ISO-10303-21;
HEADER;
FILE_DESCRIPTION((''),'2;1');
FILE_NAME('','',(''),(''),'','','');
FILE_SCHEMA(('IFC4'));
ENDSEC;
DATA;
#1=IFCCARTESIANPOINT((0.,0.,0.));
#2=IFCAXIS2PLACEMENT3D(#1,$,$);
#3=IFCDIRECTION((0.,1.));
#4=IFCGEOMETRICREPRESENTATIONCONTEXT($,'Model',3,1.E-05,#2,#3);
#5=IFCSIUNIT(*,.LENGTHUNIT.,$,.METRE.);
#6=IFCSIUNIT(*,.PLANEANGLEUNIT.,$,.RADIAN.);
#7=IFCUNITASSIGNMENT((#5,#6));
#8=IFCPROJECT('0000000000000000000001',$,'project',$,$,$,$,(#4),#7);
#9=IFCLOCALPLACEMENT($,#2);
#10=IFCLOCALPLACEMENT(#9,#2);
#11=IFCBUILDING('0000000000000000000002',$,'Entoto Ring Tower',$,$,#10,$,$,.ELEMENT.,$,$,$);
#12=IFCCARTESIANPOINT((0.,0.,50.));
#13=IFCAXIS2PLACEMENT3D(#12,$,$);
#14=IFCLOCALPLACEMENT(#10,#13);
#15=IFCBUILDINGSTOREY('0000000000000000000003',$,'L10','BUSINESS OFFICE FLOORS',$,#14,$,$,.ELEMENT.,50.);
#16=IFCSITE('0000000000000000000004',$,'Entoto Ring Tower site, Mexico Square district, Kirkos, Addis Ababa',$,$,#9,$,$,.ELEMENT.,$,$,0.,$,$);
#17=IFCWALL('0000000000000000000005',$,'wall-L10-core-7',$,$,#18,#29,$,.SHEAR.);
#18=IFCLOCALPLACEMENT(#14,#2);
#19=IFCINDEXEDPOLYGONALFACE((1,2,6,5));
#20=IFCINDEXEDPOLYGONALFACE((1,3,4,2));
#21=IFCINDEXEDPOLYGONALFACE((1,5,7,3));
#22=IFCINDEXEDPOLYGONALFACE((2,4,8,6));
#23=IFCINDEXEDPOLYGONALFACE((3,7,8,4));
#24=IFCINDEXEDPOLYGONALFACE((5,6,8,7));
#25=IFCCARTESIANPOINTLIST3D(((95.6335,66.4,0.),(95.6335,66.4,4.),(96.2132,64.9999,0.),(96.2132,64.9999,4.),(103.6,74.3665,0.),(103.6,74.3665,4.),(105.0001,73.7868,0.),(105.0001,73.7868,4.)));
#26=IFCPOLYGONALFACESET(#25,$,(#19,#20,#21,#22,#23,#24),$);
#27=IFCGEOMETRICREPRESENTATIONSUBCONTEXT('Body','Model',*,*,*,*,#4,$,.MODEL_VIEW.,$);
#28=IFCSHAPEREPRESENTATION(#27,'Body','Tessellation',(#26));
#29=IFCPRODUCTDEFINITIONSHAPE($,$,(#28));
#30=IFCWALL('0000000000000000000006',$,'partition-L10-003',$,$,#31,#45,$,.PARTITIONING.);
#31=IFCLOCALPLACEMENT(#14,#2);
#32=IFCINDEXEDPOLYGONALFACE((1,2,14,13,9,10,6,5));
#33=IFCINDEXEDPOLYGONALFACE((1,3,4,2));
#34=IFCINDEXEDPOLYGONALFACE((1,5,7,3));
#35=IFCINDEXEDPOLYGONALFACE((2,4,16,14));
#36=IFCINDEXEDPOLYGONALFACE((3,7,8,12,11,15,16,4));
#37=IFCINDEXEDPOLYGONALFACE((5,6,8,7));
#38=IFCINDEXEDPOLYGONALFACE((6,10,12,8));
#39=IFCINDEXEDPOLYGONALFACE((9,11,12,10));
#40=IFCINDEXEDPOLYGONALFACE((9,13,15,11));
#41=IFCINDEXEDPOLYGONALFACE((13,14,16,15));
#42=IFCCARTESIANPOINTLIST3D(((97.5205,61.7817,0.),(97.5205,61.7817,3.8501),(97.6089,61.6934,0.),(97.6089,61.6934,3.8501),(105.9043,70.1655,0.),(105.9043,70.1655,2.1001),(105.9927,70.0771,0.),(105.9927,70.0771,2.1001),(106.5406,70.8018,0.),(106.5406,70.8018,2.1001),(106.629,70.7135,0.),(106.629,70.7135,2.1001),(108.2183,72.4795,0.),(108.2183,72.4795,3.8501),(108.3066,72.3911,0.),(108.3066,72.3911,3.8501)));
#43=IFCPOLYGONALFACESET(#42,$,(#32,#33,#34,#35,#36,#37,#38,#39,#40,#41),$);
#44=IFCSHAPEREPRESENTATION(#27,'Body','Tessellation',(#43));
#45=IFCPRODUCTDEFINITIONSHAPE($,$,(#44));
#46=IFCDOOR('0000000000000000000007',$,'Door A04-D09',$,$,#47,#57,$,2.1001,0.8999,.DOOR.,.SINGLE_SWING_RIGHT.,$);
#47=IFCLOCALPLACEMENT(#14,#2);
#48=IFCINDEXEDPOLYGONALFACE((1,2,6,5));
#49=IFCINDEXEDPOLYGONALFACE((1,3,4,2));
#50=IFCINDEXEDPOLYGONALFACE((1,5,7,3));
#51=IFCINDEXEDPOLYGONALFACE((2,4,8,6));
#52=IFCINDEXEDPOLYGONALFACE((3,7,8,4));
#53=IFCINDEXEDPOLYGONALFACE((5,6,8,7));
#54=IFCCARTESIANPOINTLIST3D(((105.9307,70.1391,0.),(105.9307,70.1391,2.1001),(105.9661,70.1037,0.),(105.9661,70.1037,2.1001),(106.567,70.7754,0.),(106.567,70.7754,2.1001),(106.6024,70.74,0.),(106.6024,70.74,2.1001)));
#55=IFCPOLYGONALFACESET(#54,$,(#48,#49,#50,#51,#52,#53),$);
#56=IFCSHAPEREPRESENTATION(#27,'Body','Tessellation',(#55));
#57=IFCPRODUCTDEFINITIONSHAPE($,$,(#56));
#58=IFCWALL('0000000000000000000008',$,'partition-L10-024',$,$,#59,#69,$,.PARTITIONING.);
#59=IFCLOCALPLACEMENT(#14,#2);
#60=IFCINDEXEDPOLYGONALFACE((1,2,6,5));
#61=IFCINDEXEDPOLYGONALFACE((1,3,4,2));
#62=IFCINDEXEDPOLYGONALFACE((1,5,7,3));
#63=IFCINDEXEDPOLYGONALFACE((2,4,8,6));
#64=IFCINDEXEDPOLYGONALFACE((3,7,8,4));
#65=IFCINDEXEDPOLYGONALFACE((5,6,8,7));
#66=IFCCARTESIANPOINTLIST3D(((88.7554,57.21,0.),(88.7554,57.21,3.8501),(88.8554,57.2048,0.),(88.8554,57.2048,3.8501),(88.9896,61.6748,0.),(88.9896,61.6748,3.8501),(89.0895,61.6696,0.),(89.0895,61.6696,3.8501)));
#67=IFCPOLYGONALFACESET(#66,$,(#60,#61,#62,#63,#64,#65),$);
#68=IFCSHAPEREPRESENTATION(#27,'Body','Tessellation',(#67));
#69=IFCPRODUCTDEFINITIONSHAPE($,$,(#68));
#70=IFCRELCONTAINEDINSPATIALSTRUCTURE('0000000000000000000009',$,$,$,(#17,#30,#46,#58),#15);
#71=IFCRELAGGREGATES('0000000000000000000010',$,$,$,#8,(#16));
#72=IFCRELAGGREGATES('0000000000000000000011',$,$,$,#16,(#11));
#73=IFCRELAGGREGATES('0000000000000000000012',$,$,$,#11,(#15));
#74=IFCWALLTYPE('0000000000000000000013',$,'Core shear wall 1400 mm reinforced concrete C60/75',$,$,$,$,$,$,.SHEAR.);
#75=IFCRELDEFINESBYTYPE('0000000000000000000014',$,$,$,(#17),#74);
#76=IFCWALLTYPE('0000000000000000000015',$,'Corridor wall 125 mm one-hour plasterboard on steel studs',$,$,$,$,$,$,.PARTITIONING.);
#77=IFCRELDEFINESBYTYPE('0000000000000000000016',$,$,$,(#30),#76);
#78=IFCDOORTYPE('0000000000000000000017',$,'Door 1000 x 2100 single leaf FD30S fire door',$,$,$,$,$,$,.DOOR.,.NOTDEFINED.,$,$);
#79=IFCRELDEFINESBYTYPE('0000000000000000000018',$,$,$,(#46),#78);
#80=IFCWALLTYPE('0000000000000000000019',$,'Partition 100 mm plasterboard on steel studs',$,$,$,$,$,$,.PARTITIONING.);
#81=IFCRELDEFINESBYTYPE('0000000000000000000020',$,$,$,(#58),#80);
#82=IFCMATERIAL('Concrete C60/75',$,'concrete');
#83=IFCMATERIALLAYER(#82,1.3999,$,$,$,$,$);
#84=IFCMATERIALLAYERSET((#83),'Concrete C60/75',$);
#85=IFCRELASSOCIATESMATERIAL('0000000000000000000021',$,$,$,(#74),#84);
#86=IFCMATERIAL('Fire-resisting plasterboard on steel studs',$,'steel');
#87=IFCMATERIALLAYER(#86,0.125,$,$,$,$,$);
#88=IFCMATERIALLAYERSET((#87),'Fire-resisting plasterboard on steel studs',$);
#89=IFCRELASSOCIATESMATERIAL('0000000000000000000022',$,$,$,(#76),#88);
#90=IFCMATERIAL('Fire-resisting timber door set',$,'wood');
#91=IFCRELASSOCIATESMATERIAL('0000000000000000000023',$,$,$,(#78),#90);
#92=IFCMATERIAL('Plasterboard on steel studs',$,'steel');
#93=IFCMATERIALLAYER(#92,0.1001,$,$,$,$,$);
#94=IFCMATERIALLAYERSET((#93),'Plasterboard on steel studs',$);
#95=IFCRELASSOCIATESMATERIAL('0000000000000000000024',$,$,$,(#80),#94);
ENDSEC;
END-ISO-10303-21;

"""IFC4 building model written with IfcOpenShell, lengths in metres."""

from ifc_helpers import new_model, si_unit, direction, frame, frame_2d, origin, place, context, subcontext, project, spatial, polyline, rectangle, outline, extrude, material, layer, layer_set, type_object, element, fill, save


model = new_model("IFC4")

# Units and contexts
model_context = context("Model", 3, precision=1e-05, world=origin(), true_north=direction((0.0, 1.0)))
body_context = subcontext(model_context, "Body", "Model", "MODEL_VIEW")
ifc_project = project(units=[si_unit("LENGTHUNIT", "METRE"), si_unit("PLANEANGLEUNIT", "RADIAN")], contexts=[model_context])

# Site, building, storey
site_placement = place(None, origin())
site = spatial("IfcSite", under=ifc_project, at=site_placement, Name="Entoto Ring Tower site, Mexico Square district, Kirkos, Addis Ababa", CompositionType="ELEMENT", RefElevation=0.0)
building_placement = place(site_placement, origin())
building = spatial("IfcBuilding", under=site, at=building_placement, Name="Entoto Ring Tower", CompositionType="ELEMENT")
storey_placement = place(building_placement, frame((0.0, 0.0, 50.0)))
storey = spatial("IfcBuildingStorey", under=building, at=storey_placement, Name="L10", Description="BUSINESS OFFICE FLOORS", CompositionType="ELEMENT", Elevation=50.0)

# Wall
ifc_material_1 = material(Name="Concrete C60/75", Category="concrete")
ifc_layer_1 = layer(ifc_material_1, 1.3999)
ifc_layer_set_1 = layer_set([ifc_layer_1], Name="Concrete C60/75")
wall_type_1 = type_object("IfcWallType", Name="Core shear wall 1400 mm reinforced concrete C60/75", PredefinedType="SHEAR", material=ifc_layer_set_1)
wall_1_placement = place(storey_placement, frame((95.9233, 65.7, 0.0), z_axis=(0.0, 0.0, 1.0), x_axis=(0.707107, 0.707107, 0.0)))
element("IfcWall", 1, at=wall_1_placement, inside=storey, type_object=wall_type_1, Name="wall-L10-core-7", PredefinedType="SHEAR", context=body_context, shape_type="SweptSolid", body=[
    extrude(outline(polyline([(-0.29, -0.7), (12.1365, -0.7), (11.5564, 0.7), (0.29, 0.7), (-0.29, -0.7)])), origin(), (0.0, 0.0, 1.0), 4.0),
])

# Wall, opening, door
ifc_material_2 = material(Name="Fire-resisting plasterboard on steel studs", Category="steel")
ifc_layer_2 = layer(ifc_material_2, 0.125)
ifc_layer_set_2 = layer_set([ifc_layer_2], Name="Fire-resisting plasterboard on steel studs")
wall_type_2 = type_object("IfcWallType", Name="Corridor wall 125 mm one-hour plasterboard on steel studs", PredefinedType="PARTITIONING", material=ifc_layer_set_2)
wall_2_placement = place(storey_placement, frame((97.5647, 61.7375, 0.0), z_axis=(0.0, 0.0, 1.0), x_axis=(0.707107, 0.707107, 0.0)))
wall_2 = element("IfcWall", 2, at=wall_2_placement, inside=storey, type_object=wall_type_2, Name="partition-L10-003", PredefinedType="PARTITIONING", context=body_context, shape_type="SweptSolid", body=[
    extrude(rectangle(XDim=15.1289, YDim=0.125, at=frame_2d((7.5645, 0.0))), origin(), (0.0, 0.0, 1.0), 3.8501),
])
opening_placement = place(wall_2_placement, frame((11.8564, 0.0, 0.0)))
opening = element("IfcOpeningElement", 3, at=opening_placement, cuts=wall_2, PredefinedType="OPENING", context=body_context, shape_type="SweptSolid", body=[
    extrude(rectangle(XDim=0.8999, YDim=2.1001, at=frame_2d((0.45, 1.05))), frame((0.0, 0.0725, 0.0), z_axis=(0.0, -1.0, 0.0), x_axis=(1.0, 0.0, 0.0)), (0.0, 0.0, 1.0), 0.145),
])
ifc_material_3 = material(Name="Fire-resisting timber door set", Category="wood")
door_type = type_object("IfcDoorType", Name="Door 1000 x 2100 single leaf FD30S fire door", OperationType="NOTDEFINED", PredefinedType="DOOR", material=ifc_material_3)
door_placement = place(opening_placement, frame((0.8999, 0.0, 0.0), z_axis=(0.0, 0.0, 1.0), x_axis=(-1.0, 0.0, 0.0)))
door = element("IfcDoor", 4, at=door_placement, inside=storey, type_object=door_type, Name="Door A04-D09", OperationType="SINGLE_SWING_RIGHT", OverallHeight=2.1001, OverallWidth=0.8999, PredefinedType="DOOR", context=body_context, shape_type="SweptSolid", body=[
    extrude(rectangle(XDim=0.8999, YDim=2.1001, at=frame_2d((0.45, 1.05))), frame((0.0, 0.0249, 0.0), z_axis=(0.0, -1.0, 0.0), x_axis=(1.0, 0.0, 0.0)), (0.0, 0.0, 1.0), 0.05),
])
fill(opening, door)

# Wall
ifc_material_4 = material(Name="Plasterboard on steel studs", Category="steel")
ifc_layer_3 = layer(ifc_material_4, 0.1001)
ifc_layer_set_3 = layer_set([ifc_layer_3], Name="Plasterboard on steel studs")
wall_type_3 = type_object("IfcWallType", Name="Partition 100 mm plasterboard on steel studs", PredefinedType="PARTITIONING", material=ifc_layer_set_3)
wall_3_placement = place(storey_placement, frame((88.8054, 57.2075, 0.0), z_axis=(0.0, 0.0, 1.0), x_axis=(0.052367, 0.998628, 0.0)))
element("IfcWall", 5, at=wall_3_placement, inside=storey, type_object=wall_type_3, Name="partition-L10-024", PredefinedType="PARTITIONING", context=body_context, shape_type="SweptSolid", body=[
    extrude(rectangle(XDim=4.4709, YDim=0.1001, at=frame_2d((2.2354, 0.0))), origin(), (0.0, 0.0, 1.0), 3.8501),
])

save(model, "model.ifc")
